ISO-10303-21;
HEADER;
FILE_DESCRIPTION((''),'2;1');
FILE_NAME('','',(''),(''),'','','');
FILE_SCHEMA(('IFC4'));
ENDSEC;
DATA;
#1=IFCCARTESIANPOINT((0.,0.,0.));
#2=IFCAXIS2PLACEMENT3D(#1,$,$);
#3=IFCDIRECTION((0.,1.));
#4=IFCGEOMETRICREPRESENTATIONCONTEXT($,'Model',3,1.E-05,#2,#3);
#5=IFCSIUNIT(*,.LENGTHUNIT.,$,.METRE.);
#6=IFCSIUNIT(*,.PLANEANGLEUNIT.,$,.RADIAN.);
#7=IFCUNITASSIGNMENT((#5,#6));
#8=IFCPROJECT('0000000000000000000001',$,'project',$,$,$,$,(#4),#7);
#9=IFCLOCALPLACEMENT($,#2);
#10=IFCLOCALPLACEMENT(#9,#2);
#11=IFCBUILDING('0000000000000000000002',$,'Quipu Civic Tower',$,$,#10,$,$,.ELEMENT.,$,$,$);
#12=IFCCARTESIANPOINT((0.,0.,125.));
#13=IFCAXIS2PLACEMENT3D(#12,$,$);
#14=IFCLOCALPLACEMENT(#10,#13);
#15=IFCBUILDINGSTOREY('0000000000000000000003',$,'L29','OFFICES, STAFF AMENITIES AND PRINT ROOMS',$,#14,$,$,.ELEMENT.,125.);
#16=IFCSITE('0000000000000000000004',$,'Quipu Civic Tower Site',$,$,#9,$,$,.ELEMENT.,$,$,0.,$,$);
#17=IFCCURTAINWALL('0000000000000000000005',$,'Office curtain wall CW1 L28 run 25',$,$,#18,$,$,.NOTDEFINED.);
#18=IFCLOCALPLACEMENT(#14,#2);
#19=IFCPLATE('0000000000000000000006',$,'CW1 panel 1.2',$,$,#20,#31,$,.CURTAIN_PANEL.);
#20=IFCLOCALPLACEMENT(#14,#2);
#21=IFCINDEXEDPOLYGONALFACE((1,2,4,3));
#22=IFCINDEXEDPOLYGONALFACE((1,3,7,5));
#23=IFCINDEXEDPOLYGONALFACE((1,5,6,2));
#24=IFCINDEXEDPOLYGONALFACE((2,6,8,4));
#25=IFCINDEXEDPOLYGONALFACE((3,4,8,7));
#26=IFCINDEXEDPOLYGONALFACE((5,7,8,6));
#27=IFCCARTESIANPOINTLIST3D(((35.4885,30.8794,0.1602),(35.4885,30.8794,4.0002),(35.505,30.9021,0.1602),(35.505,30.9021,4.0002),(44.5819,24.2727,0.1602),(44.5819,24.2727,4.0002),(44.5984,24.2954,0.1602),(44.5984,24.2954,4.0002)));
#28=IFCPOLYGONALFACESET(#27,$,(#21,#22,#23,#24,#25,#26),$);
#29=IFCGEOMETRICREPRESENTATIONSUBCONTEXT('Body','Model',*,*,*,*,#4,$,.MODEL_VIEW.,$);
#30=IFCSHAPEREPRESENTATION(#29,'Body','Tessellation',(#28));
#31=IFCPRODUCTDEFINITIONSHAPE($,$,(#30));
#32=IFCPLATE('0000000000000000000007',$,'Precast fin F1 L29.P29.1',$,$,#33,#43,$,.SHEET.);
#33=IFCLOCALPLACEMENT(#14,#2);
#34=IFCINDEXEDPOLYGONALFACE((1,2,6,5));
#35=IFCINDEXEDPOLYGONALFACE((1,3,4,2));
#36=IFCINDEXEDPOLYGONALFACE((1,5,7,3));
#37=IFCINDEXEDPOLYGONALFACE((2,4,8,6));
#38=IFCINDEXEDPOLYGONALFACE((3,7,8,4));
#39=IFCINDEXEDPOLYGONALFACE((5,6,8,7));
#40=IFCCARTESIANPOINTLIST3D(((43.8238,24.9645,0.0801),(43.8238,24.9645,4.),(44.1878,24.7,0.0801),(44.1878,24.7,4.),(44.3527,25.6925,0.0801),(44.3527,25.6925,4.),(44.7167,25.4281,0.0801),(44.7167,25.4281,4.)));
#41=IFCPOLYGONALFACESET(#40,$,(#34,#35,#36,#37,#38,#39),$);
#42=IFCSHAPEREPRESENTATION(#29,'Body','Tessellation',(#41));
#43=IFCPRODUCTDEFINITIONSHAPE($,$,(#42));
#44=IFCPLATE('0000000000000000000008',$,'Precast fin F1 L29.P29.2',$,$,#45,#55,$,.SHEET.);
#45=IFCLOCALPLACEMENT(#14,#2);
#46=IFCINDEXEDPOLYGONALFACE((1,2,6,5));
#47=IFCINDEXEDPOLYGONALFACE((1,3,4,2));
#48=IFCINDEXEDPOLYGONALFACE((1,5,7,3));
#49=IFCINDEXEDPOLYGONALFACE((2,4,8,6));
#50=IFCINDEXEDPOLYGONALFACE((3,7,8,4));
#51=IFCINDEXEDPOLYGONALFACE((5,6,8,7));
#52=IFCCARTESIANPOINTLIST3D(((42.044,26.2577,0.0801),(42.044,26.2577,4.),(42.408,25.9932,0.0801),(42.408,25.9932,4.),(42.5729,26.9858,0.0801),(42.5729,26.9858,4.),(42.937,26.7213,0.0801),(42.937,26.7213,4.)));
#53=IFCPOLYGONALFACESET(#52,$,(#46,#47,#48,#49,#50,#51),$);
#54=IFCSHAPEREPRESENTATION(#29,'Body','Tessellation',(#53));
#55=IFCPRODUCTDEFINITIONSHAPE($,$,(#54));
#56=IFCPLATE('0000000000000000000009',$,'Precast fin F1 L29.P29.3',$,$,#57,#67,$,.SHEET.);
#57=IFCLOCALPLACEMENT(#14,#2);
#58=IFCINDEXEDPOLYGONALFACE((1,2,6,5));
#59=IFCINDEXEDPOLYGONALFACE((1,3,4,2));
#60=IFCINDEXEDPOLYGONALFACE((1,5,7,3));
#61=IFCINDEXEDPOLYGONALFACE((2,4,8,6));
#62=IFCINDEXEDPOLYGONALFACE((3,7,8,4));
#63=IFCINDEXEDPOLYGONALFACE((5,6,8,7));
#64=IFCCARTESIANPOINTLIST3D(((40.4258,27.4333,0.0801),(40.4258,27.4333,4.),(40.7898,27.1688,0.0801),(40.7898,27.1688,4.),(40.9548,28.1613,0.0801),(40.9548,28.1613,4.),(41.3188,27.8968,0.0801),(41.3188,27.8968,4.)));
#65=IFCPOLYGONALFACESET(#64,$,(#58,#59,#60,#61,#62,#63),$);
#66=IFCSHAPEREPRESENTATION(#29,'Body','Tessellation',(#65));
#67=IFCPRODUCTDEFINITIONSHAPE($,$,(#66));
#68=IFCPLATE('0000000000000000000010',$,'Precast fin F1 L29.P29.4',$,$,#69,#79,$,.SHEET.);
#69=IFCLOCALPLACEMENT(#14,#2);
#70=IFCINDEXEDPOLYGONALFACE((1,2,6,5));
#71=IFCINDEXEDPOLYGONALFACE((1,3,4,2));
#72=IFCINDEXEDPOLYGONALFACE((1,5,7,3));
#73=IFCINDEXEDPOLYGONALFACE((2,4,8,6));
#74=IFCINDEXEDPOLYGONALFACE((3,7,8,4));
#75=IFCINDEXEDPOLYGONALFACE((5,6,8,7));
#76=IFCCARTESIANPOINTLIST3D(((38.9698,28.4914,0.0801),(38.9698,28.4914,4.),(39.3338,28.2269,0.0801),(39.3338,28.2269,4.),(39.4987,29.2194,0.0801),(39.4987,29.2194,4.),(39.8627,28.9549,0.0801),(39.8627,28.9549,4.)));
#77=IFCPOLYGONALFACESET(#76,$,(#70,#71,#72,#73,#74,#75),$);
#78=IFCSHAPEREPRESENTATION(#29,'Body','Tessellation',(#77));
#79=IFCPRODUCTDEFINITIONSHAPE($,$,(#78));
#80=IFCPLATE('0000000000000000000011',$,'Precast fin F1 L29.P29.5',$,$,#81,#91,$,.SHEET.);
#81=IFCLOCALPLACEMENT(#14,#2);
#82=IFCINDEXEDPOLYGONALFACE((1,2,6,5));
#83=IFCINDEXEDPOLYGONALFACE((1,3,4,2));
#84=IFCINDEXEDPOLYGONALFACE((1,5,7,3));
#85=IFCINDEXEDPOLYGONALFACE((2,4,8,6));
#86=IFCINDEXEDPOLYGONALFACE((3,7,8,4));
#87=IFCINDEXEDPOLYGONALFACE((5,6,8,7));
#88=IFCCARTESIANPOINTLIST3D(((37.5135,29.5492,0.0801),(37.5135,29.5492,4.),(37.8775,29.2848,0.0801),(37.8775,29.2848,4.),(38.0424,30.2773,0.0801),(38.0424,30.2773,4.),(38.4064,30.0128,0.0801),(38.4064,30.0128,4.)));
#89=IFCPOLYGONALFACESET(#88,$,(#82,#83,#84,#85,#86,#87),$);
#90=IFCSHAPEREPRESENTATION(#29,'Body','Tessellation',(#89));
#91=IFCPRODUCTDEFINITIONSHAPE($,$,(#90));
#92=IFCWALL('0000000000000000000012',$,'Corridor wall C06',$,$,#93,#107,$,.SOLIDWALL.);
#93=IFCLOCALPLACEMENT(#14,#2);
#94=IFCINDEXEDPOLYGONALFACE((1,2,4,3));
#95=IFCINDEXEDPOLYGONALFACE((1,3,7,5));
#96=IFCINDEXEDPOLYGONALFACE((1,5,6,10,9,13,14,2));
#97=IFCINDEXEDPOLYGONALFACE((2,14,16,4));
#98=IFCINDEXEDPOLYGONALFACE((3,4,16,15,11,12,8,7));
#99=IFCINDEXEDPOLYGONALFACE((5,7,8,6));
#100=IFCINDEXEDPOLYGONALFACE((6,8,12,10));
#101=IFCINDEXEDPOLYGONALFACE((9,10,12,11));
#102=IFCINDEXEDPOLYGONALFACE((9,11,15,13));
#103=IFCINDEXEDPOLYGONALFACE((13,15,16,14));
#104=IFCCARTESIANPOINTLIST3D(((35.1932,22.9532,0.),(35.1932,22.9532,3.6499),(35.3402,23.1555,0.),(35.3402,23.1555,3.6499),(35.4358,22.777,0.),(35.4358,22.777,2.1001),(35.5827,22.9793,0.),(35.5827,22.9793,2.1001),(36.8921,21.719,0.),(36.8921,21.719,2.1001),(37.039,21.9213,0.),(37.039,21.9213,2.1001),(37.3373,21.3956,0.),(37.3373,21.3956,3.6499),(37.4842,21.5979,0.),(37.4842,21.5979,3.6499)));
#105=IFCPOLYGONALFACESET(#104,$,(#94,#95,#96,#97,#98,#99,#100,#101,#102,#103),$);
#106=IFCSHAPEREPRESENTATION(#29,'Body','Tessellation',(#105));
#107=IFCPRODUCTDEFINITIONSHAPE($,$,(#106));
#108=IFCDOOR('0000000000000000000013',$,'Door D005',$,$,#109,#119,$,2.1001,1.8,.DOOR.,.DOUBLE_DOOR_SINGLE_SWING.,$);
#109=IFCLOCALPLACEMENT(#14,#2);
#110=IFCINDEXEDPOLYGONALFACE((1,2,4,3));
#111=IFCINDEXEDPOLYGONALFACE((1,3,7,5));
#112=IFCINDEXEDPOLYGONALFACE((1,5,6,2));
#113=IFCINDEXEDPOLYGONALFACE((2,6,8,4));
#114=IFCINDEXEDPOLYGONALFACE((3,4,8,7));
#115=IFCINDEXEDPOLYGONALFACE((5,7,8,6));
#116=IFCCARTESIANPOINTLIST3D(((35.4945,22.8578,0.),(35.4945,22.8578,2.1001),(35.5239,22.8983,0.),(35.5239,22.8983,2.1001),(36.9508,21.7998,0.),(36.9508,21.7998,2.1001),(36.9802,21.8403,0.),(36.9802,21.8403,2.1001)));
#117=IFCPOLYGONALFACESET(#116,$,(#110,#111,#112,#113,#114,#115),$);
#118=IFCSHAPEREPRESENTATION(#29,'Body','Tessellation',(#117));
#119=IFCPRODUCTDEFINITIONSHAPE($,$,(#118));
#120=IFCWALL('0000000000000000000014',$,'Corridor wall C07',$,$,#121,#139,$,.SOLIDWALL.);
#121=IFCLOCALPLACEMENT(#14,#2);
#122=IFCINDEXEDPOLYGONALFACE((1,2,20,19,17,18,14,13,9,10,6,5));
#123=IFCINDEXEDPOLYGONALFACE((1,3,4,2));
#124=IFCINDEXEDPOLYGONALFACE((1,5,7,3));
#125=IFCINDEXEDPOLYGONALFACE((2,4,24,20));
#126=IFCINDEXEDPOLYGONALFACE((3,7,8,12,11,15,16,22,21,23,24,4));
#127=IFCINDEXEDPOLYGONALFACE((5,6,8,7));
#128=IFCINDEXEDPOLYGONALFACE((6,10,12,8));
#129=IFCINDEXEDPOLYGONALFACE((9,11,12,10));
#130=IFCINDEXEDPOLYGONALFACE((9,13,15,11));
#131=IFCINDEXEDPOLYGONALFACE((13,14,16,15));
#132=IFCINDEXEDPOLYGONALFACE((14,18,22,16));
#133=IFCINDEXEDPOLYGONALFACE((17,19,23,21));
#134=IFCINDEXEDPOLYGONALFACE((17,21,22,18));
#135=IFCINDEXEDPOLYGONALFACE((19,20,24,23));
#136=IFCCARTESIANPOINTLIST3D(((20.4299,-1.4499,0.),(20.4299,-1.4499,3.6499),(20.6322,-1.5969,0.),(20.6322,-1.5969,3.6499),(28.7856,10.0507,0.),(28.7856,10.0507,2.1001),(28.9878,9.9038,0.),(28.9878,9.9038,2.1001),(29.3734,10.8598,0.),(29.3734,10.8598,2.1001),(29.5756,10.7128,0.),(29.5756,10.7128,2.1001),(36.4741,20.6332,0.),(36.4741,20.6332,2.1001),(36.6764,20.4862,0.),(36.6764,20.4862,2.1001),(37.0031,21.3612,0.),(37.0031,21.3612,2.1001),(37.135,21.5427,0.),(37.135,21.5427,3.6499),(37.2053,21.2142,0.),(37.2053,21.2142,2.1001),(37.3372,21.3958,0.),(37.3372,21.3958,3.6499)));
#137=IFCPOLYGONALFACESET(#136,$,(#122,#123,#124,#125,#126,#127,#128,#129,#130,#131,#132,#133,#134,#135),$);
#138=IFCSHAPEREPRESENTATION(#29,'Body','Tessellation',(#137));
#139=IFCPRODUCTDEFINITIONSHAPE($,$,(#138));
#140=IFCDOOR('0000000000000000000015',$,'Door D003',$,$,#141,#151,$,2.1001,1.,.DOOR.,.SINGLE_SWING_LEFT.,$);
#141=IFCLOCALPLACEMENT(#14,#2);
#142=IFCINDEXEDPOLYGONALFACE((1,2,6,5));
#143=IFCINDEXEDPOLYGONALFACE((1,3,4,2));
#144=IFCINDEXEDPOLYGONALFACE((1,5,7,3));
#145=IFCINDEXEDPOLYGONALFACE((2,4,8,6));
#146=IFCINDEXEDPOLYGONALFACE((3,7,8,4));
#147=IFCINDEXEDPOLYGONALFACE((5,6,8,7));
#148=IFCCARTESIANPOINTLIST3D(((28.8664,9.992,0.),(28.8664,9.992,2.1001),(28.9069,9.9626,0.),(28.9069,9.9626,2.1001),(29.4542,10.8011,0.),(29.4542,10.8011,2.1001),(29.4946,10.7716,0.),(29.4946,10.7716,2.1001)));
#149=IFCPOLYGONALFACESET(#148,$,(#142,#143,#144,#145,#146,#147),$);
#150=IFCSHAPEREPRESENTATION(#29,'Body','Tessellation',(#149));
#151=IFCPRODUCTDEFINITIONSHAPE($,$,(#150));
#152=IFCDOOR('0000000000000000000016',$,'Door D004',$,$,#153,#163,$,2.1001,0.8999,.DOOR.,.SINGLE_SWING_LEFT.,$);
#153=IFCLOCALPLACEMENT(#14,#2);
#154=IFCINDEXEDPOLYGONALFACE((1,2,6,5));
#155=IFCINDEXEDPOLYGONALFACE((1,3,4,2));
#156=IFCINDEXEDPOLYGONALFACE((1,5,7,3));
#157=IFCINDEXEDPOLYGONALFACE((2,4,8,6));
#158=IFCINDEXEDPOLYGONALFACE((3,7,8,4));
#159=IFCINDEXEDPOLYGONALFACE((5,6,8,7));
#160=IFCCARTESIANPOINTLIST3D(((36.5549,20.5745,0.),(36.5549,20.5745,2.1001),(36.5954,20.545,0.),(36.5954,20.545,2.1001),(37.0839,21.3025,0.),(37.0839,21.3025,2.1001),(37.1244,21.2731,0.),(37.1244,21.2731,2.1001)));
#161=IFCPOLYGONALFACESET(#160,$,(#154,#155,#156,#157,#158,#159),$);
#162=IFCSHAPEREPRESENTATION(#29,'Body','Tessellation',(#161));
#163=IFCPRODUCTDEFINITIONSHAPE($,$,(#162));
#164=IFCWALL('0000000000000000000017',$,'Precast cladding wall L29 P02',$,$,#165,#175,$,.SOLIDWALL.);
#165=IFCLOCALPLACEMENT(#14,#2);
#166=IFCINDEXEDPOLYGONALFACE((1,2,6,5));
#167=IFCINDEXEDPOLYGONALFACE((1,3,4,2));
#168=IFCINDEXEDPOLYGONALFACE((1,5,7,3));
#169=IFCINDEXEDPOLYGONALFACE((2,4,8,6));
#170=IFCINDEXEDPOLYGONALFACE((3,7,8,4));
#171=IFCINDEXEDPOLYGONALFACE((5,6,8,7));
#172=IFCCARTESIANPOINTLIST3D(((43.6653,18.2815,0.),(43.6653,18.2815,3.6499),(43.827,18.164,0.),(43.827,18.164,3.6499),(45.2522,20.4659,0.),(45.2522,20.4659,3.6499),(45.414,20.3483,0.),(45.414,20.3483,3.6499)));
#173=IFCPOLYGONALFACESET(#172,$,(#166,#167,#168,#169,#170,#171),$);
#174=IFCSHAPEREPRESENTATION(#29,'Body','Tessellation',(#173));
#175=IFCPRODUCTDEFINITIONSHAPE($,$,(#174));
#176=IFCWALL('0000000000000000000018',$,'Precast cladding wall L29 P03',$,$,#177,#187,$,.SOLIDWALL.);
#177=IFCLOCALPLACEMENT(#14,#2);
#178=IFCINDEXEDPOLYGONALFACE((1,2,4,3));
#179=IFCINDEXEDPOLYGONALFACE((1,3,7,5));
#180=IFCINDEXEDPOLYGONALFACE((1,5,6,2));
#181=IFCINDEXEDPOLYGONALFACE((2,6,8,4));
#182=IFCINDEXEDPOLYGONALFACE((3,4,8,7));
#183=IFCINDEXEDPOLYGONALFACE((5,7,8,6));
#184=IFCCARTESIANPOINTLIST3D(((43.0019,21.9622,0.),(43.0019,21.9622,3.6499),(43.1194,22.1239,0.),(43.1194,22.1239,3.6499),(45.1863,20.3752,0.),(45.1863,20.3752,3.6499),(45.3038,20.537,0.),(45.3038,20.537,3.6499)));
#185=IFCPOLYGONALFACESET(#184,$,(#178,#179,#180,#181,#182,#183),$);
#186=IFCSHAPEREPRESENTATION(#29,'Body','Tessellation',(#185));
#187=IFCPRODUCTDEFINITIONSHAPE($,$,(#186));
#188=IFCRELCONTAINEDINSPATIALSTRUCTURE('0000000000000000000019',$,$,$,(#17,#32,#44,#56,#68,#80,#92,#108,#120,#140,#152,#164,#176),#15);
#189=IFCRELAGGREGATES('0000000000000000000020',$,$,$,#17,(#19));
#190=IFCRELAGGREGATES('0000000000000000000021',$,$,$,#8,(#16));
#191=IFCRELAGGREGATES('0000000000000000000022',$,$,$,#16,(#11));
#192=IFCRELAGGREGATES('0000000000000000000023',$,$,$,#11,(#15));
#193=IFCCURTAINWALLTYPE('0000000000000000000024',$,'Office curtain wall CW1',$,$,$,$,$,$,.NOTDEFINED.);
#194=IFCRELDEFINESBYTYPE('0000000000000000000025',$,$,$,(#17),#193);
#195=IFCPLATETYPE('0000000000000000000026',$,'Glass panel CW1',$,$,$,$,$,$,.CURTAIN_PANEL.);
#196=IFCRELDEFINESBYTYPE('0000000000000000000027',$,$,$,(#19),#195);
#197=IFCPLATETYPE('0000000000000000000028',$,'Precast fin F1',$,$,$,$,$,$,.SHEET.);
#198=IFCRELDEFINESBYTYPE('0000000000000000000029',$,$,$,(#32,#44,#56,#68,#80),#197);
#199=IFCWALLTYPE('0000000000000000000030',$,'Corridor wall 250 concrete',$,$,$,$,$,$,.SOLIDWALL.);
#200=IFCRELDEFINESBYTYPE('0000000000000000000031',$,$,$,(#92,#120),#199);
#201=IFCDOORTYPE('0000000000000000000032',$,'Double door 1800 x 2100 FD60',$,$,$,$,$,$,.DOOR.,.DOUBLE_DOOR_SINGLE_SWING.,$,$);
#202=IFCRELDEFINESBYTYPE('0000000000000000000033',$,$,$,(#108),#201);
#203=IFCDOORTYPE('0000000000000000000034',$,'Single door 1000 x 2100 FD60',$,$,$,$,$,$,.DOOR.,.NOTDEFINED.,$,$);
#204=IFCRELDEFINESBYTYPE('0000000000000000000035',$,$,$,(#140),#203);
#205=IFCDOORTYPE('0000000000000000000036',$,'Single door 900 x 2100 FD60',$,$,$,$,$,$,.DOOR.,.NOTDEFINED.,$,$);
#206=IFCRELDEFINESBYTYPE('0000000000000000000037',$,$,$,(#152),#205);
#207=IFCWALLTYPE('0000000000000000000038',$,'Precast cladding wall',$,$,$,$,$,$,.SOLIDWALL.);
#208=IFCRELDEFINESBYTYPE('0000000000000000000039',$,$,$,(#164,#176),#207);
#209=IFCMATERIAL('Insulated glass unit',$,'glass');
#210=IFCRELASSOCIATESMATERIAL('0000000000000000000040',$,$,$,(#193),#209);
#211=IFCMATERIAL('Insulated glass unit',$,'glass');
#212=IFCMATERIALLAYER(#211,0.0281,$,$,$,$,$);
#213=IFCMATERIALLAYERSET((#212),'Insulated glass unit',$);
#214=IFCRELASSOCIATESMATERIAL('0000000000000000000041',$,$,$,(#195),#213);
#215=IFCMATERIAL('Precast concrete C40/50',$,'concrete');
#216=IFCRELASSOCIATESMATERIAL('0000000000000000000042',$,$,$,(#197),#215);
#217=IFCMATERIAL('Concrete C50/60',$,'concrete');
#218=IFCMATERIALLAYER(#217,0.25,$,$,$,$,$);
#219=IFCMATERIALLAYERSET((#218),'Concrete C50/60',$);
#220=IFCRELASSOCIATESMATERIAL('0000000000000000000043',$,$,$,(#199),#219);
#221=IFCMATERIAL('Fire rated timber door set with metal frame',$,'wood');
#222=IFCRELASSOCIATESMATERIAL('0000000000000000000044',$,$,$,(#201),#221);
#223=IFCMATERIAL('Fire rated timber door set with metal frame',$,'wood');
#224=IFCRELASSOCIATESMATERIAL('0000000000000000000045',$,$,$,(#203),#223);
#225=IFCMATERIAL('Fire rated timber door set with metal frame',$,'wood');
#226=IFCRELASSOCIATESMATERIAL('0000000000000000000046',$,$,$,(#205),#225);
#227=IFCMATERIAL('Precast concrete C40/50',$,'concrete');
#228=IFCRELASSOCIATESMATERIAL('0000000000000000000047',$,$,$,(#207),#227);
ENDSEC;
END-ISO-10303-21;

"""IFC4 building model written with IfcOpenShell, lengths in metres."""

from ifc_helpers import new_model, si_unit, direction, frame, frame_2d, origin, origin_2d, place, context, subcontext, project, spatial, rectangle, extrude, material, layer, layer_set, type_object, element, fill, aggregate, save


model = new_model("IFC4")

# Units and contexts
model_context = context("Model", 3, precision=1e-05, world=origin(), true_north=direction((0.0, 1.0)))
body_context = subcontext(model_context, "Body", "Model", "MODEL_VIEW")
ifc_project = project(units=[si_unit("LENGTHUNIT", "METRE"), si_unit("PLANEANGLEUNIT", "RADIAN")], contexts=[model_context])

# Site, building, storey
site_placement = place(None, origin())
site = spatial("IfcSite", under=ifc_project, at=site_placement, Name="Quipu Civic Tower Site", CompositionType="ELEMENT", RefElevation=0.0)
building_placement = place(site_placement, origin())
building = spatial("IfcBuilding", under=site, at=building_placement, Name="Quipu Civic Tower", CompositionType="ELEMENT")
storey_placement = place(building_placement, frame((0.0, 0.0, 125.0)))
storey = spatial("IfcBuildingStorey", under=building, at=storey_placement, Name="L29", Description="OFFICES, STAFF AMENITIES AND PRINT ROOMS", CompositionType="ELEMENT", Elevation=125.0)

# Curtain wall
ifc_material_1 = material(Name="Insulated glass unit", Category="glass")
curtain_wall_type = type_object("IfcCurtainWallType", Name="Office curtain wall CW1", PredefinedType="NOTDEFINED", material=ifc_material_1)
curtain_wall_placement = place(storey_placement, origin())
curtain_wall = element("IfcCurtainWall", 1, at=curtain_wall_placement, inside=storey, type_object=curtain_wall_type, Name="Office curtain wall CW1 L28 run 25", PredefinedType="NOTDEFINED")

# Plate
ifc_material_2 = material(Name="Insulated glass unit", Category="glass")
ifc_layer_1 = layer(ifc_material_2, 0.0281)
ifc_layer_set_1 = layer_set([ifc_layer_1], Name="Insulated glass unit")
plate_type_1 = type_object("IfcPlateType", Name="Glass panel CW1", PredefinedType="CURTAIN_PANEL", material=ifc_layer_set_1)
plate_placement = place(storey_placement, frame((40.0435, 27.5874, 0.1602), z_axis=(0.0, 0.0, 1.0), x_axis=(-0.809015, 0.587788, 0.0)))
plate = element("IfcPlate", 2, at=plate_placement, type_object=plate_type_1, Name="CW1 panel 1.2", PredefinedType="CURTAIN_PANEL", context=body_context, shape_type="SweptSolid", body=[
    extrude(rectangle(XDim=11.24, YDim=0.0281, at=origin_2d()), origin(), (0.0, 0.0, 1.0), 3.8401),
])
aggregate(curtain_wall, [plate])

# Plates
ifc_material_3 = material(Name="Precast concrete C40/50", Category="concrete")
plate_type_2 = type_object("IfcPlateType", Name="Precast fin F1", PredefinedType="SHEET", material=ifc_material_3)
for number, where, z_axis, x_axis, name in (
    (3, (44.2703, 25.1963, 0.0801), (0.0, 0.0, 1.0), (-0.809017, 0.587785, 0.0), "Precast fin F1 L29.P29.1"),
    (4, (42.4905, 26.4895, 0.0801), (0.0, 0.0, 1.0), (-0.809017, 0.587785, 0.0), "Precast fin F1 L29.P29.2"),
    (5, (40.8723, 27.665, 0.0801), (0.0, 0.0, 1.0), (-0.809017, 0.587785, 0.0), "Precast fin F1 L29.P29.3"),
    (6, (39.4163, 28.7231, 0.0801), (0.0, 0.0, 1.0), (-0.809017, 0.587785, 0.0), "Precast fin F1 L29.P29.4"),
    (7, (37.96, 29.781, 0.0801), (0.0, 0.0, 1.0), (-0.809017, 0.587785, 0.0), "Precast fin F1 L29.P29.5"),
):
    element("IfcPlate", number, at=place(storey_placement, frame(where, z_axis=z_axis, x_axis=x_axis)), inside=storey, type_object=plate_type_2, Name=name, PredefinedType="SHEET", context=body_context, shape_type="SweptSolid", body=[
        extrude(rectangle(XDim=0.45, YDim=0.8999, at=origin_2d()), origin(), (0.0, 0.0, 1.0), 3.9199),
    ])

# Wall, opening, door
ifc_material_4 = material(Name="Concrete C50/60", Category="concrete")
ifc_layer_2 = layer(ifc_material_4, 0.25)
ifc_layer_set_2 = layer_set([ifc_layer_2], Name="Concrete C50/60")
wall_type_1 = type_object("IfcWallType", Name="Corridor wall 250 concrete", PredefinedType="SOLIDWALL", material=ifc_layer_set_2)
wall_1_placement = place(storey_placement, frame((35.2666, 23.0544, 0.0), z_axis=(0.0, 0.0, 1.0), x_axis=(0.809039, -0.587755, 0.0)))
wall_1 = element("IfcWall", 8, at=wall_1_placement, inside=storey, type_object=wall_type_1, Name="Corridor wall C06", PredefinedType="SOLIDWALL", context=body_context, shape_type="SweptSolid", body=[
    extrude(rectangle(XDim=2.6501, YDim=0.25, at=frame_2d((1.3252, 0.0))), origin(), (0.0, 0.0, 1.0), 3.6499),
])
opening_1_placement = place(wall_1_placement, frame((0.3, 0.0, 0.0)))
opening_1 = element("IfcOpeningElement", 9, at=opening_1_placement, cuts=wall_1, PredefinedType="OPENING", context=body_context, shape_type="SweptSolid", body=[
    extrude(rectangle(XDim=1.8, YDim=2.1001, at=frame_2d((0.8999, 1.05))), frame((0.0, 0.135, 0.0), z_axis=(0.0, -1.0, 0.0), x_axis=(1.0, 0.0, 0.0)), (0.0, 0.0, 1.0), 0.27),
])
ifc_material_5 = material(Name="Fire rated timber door set with metal frame", Category="wood")
door_type_1 = type_object("IfcDoorType", Name="Double door 1800 x 2100 FD60", OperationType="DOUBLE_DOOR_SINGLE_SWING", PredefinedType="DOOR", material=ifc_material_5)
door_1_placement = place(opening_1_placement, origin())
door_1 = element("IfcDoor", 10, at=door_1_placement, inside=storey, type_object=door_type_1, Name="Door D005", OperationType="DOUBLE_DOOR_SINGLE_SWING", OverallHeight=2.1001, OverallWidth=1.8, PredefinedType="DOOR", context=body_context, shape_type="SweptSolid", body=[
    extrude(rectangle(XDim=1.8, YDim=2.1001, at=frame_2d((0.8999, 1.05))), frame((0.0, 0.0249, 0.0), z_axis=(0.0, -1.0, 0.0), x_axis=(1.0, 0.0, 0.0)), (0.0, 0.0, 1.0), 0.05),
])
fill(opening_1, door_1)

# Wall, openings, doors
wall_2_placement = place(storey_placement, frame((37.2361, 21.4692, 0.0), z_axis=(0.0, 0.0, 1.0), x_axis=(-0.587783, -0.809018, 0.0)))
wall_2 = element("IfcWall", 11, at=wall_2_placement, inside=storey, type_object=wall_type_1, Name="Corridor wall C07", PredefinedType="SOLIDWALL", context=body_context, shape_type="SweptSolid", body=[
    extrude(rectangle(XDim=28.4204, YDim=0.25, at=frame_2d((14.2102, 0.0))), origin(), (0.0, 0.0, 1.0), 3.6499),
])
opening_2_placement = place(wall_2_placement, frame((13.2048, 0.0, 0.0)))
opening_2 = element("IfcOpeningElement", 12, at=opening_2_placement, cuts=wall_2, PredefinedType="OPENING", context=body_context, shape_type="SweptSolid", body=[
    extrude(rectangle(XDim=1.0, YDim=2.1001, at=frame_2d((0.5, 1.05))), frame((0.0, 0.135, 0.0), z_axis=(0.0, -1.0, 0.0), x_axis=(1.0, 0.0, 0.0)), (0.0, 0.0, 1.0), 0.27),
])
opening_3_placement = place(wall_2_placement, frame((0.2244, 0.0, 0.0)))
opening_3 = element("IfcOpeningElement", 13, at=opening_3_placement, cuts=wall_2, PredefinedType="OPENING", context=body_context, shape_type="SweptSolid", body=[
    extrude(rectangle(XDim=0.8999, YDim=2.1001, at=frame_2d((0.45, 1.05))), frame((0.0, 0.135, 0.0), z_axis=(0.0, -1.0, 0.0), x_axis=(1.0, 0.0, 0.0)), (0.0, 0.0, 1.0), 0.27),
])
ifc_material_6 = material(Name="Fire rated timber door set with metal frame", Category="wood")
door_type_2 = type_object("IfcDoorType", Name="Single door 1000 x 2100 FD60", OperationType="NOTDEFINED", PredefinedType="DOOR", material=ifc_material_6)
door_2_placement = place(opening_2_placement, origin())
door_2 = element("IfcDoor", 14, at=door_2_placement, inside=storey, type_object=door_type_2, Name="Door D003", OperationType="SINGLE_SWING_LEFT", OverallHeight=2.1001, OverallWidth=1.0, PredefinedType="DOOR", context=body_context, shape_type="SweptSolid", body=[
    extrude(rectangle(XDim=1.0, YDim=2.1001, at=frame_2d((0.5, 1.05))), frame((0.0, 0.0249, 0.0), z_axis=(0.0, -1.0, 0.0), x_axis=(1.0, 0.0, 0.0)), (0.0, 0.0, 1.0), 0.05),
])
fill(opening_2, door_2)
ifc_material_7 = material(Name="Fire rated timber door set with metal frame", Category="wood")
door_type_3 = type_object("IfcDoorType", Name="Single door 900 x 2100 FD60", OperationType="NOTDEFINED", PredefinedType="DOOR", material=ifc_material_7)
door_3_placement = place(opening_3_placement, origin())
door_3 = element("IfcDoor", 15, at=door_3_placement, inside=storey, type_object=door_type_3, Name="Door D004", OperationType="SINGLE_SWING_LEFT", OverallHeight=2.1001, OverallWidth=0.8999, PredefinedType="DOOR", context=body_context, shape_type="SweptSolid", body=[
    extrude(rectangle(XDim=0.8999, YDim=2.1001, at=frame_2d((0.45, 1.05))), frame((0.0, 0.0249, 0.0), z_axis=(0.0, -1.0, 0.0), x_axis=(1.0, 0.0, 0.0)), (0.0, 0.0, 1.0), 0.05),
])
fill(opening_3, door_3)

# Walls
ifc_material_8 = material(Name="Precast concrete C40/50", Category="concrete")
wall_type_2 = type_object("IfcWallType", Name="Precast cladding wall", PredefinedType="SOLIDWALL", material=ifc_material_8)
for number, where, z_axis, x_axis, name in (
    (16, (43.7461, 18.2227, 0.0), (0.0, 0.0, 1.0), (0.587763, 0.809033, 0.0), "Precast cladding wall L29 P02"),
    (17, (45.2451, 20.4561, 0.0), (0.0, 0.0, 1.0), (-0.809033, 0.587763, 0.0), "Precast cladding wall L29 P03"),
):
    element("IfcWall", number, at=place(storey_placement, frame(where, z_axis=z_axis, x_axis=x_axis)), inside=storey, type_object=wall_type_2, Name=name, PredefinedType="SOLIDWALL", context=body_context, shape_type="SweptSolid", body=[
        extrude(rectangle(XDim=2.7, YDim=0.2, at=frame_2d((1.3501, 0.0))), origin(), (0.0, 0.0, 1.0), 3.6499),
    ])

save(model, "model.ifc")
